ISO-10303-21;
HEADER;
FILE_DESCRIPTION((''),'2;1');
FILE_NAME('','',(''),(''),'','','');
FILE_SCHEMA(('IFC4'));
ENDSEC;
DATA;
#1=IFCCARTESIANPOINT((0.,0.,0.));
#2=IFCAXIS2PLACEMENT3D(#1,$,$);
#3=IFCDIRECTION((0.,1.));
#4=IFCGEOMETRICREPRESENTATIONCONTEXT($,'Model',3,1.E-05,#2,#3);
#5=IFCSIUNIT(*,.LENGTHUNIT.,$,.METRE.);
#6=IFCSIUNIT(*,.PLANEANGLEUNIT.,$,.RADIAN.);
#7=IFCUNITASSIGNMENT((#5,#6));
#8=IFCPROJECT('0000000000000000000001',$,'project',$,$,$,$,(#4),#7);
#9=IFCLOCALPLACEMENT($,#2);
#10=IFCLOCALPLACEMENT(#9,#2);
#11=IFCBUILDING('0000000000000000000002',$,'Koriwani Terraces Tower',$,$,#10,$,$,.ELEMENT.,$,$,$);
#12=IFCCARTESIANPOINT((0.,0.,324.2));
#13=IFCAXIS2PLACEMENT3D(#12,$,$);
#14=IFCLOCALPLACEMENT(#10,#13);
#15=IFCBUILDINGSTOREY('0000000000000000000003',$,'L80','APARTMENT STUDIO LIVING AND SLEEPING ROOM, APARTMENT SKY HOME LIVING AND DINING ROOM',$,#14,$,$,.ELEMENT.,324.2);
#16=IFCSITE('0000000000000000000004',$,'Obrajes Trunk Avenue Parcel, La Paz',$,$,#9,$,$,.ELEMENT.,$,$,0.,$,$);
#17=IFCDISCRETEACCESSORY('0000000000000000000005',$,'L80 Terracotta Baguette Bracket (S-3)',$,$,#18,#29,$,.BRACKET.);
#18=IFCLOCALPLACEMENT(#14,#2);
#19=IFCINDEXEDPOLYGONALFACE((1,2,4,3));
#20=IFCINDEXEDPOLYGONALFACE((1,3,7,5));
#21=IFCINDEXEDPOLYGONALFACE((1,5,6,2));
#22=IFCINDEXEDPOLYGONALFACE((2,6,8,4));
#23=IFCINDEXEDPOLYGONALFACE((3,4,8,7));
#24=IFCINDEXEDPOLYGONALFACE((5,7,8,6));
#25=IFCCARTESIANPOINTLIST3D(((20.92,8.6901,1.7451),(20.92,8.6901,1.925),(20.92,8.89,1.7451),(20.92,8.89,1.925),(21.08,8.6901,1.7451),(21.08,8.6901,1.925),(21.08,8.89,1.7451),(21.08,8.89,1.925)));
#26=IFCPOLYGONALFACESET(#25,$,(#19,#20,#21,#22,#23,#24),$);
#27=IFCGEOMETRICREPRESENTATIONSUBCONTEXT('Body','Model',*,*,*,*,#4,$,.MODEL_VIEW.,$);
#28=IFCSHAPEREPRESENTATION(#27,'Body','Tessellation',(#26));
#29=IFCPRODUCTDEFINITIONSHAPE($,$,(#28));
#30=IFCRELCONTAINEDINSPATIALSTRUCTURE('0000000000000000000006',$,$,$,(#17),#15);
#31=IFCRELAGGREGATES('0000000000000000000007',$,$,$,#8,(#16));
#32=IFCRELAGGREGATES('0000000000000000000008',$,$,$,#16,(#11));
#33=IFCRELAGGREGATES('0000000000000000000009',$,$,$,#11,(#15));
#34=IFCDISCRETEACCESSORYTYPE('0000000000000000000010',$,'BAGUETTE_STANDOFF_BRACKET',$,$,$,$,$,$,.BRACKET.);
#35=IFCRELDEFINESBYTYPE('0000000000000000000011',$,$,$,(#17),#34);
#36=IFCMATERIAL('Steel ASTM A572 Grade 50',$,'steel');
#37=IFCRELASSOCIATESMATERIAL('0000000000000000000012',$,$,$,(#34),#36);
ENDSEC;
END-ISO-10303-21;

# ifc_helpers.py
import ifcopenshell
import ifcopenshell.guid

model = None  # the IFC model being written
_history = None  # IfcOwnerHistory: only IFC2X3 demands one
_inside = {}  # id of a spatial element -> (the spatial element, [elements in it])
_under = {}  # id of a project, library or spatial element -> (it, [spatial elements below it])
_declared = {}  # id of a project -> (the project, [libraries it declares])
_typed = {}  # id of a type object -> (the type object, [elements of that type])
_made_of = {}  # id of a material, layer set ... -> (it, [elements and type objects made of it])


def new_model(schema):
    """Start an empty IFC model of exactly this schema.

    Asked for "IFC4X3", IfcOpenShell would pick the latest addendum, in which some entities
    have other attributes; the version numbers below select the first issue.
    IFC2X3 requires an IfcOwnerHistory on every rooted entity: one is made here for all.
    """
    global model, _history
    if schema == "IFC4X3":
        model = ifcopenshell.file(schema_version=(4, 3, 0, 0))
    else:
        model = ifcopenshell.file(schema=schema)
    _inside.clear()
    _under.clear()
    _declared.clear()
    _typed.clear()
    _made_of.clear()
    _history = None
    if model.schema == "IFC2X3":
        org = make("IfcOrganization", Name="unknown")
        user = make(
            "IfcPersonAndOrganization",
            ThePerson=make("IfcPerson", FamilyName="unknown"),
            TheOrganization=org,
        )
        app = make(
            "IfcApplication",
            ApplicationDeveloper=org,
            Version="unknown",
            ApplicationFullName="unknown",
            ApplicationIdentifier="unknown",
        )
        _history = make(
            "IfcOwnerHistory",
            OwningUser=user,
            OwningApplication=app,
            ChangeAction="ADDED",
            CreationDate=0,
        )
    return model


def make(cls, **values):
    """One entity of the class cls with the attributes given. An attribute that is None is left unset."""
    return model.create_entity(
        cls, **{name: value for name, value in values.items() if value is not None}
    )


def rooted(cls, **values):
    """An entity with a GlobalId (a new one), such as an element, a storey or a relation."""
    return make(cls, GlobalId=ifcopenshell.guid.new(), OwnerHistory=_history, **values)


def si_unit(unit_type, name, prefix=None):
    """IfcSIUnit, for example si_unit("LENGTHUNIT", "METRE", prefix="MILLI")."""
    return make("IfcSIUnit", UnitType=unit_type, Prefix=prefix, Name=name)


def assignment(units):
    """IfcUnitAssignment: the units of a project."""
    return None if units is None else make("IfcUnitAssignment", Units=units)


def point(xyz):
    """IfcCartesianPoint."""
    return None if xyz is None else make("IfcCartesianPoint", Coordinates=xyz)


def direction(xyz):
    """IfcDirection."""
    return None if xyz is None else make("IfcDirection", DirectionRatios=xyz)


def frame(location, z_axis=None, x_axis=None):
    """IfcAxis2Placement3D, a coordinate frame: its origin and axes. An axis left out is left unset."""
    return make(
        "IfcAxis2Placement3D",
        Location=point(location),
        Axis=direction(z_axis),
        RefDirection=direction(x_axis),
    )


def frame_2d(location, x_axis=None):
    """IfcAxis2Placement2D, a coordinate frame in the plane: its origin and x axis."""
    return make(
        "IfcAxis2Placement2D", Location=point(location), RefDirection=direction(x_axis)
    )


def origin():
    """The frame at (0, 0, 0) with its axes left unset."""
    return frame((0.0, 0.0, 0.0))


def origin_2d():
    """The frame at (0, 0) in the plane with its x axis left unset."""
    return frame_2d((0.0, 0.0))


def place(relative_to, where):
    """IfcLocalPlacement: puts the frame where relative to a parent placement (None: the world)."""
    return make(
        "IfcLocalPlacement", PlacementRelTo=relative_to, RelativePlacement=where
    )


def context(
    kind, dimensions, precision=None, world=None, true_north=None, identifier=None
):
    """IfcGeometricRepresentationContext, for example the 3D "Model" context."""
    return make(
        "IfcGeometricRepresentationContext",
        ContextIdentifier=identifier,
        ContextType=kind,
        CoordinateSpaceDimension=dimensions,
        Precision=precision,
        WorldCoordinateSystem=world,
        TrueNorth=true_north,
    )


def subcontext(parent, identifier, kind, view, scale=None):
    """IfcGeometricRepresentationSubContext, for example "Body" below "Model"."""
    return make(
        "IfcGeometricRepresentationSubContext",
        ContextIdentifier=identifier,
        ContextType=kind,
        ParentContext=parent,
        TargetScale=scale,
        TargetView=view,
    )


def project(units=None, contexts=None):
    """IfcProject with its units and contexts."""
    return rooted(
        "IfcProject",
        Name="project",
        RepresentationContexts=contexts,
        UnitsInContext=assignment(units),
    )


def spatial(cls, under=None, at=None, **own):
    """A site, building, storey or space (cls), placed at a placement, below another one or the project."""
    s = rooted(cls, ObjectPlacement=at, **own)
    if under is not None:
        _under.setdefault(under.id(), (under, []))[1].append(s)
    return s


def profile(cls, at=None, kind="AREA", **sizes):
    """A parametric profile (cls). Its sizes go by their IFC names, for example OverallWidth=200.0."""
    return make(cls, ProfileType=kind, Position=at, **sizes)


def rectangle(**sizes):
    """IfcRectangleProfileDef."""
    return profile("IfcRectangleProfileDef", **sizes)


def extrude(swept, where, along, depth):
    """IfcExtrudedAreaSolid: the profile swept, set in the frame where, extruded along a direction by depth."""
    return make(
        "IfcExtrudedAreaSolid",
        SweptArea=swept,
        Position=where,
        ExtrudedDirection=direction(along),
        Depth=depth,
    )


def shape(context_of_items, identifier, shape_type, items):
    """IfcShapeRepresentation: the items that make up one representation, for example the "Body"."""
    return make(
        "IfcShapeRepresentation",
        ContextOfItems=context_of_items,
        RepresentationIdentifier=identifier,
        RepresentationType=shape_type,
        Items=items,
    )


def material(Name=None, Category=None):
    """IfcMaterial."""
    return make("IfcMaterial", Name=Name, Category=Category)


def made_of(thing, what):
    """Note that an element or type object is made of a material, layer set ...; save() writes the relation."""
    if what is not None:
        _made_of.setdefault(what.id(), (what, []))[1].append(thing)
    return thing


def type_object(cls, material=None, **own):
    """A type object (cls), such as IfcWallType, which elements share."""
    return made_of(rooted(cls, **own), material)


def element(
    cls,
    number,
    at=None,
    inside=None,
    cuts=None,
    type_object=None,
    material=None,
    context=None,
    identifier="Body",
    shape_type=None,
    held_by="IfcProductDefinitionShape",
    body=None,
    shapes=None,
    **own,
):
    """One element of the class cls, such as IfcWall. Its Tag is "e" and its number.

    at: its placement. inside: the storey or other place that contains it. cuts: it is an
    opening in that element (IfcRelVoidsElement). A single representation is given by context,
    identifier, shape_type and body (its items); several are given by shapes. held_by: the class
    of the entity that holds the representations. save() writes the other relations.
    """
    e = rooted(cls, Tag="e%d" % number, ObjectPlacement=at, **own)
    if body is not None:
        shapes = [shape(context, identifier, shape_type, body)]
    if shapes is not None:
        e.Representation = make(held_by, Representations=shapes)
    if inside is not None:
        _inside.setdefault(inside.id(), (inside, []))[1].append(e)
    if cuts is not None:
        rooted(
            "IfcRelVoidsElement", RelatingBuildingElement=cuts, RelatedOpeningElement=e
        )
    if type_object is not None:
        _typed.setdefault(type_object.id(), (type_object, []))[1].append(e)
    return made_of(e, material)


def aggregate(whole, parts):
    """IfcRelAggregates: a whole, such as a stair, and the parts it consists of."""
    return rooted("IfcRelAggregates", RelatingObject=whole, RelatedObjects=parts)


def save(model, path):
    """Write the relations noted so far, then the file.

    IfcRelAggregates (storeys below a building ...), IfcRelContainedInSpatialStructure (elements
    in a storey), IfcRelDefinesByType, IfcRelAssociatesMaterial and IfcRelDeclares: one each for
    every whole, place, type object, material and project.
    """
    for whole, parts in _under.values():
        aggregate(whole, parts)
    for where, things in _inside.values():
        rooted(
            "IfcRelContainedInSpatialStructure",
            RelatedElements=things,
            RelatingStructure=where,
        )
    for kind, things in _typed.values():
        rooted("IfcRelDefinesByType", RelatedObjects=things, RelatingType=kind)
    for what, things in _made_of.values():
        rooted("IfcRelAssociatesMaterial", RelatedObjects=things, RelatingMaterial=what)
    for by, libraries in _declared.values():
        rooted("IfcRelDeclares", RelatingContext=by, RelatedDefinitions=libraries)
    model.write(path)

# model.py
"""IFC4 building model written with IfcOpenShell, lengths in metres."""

from ifc_helpers import new_model, si_unit, direction, frame, origin, origin_2d, place, context, subcontext, project, spatial, rectangle, extrude, material, type_object, element, save


model = new_model("IFC4")

# Units and contexts
model_context = context("Model", 3, precision=1e-05, world=origin(), true_north=direction((0.0, 1.0)))
body_context = subcontext(model_context, "Body", "Model", "MODEL_VIEW")
ifc_project = project(units=[si_unit("LENGTHUNIT", "METRE"), si_unit("PLANEANGLEUNIT", "RADIAN")], contexts=[model_context])

# Site, building, storey
site_placement = place(None, origin())
site = spatial("IfcSite", under=ifc_project, at=site_placement, Name="Obrajes Trunk Avenue Parcel, La Paz", CompositionType="ELEMENT", RefElevation=0.0)
building_placement = place(site_placement, origin())
building = spatial("IfcBuilding", under=site, at=building_placement, Name="Koriwani Terraces Tower", CompositionType="ELEMENT")
storey_placement = place(building_placement, frame((0.0, 0.0, 324.2)))
storey = spatial("IfcBuildingStorey", under=building, at=storey_placement, Name="L80", Description="APARTMENT STUDIO LIVING AND SLEEPING ROOM, APARTMENT SKY HOME LIVING AND DINING ROOM", CompositionType="ELEMENT", Elevation=324.2)

# Shared definitions
ifc_material_1 = material(Name="Steel ASTM A572 Grade 50", Category="steel")

# Discrete accessory
discrete_accessory_type = type_object("IfcDiscreteAccessoryType", Name="BAGUETTE_STANDOFF_BRACKET", PredefinedType="BRACKET", material=ifc_material_1)
discrete_accessory_placement = place(storey_placement, frame((21.0, 8.79, 1.7451), z_axis=(0.0, 0.0, 1.0), x_axis=(-1.0, 0.0, 0.0)))
element("IfcDiscreteAccessory", 1, at=discrete_accessory_placement, inside=storey, type_object=discrete_accessory_type, Name="L80 Terracotta Baguette Bracket (S-3)", PredefinedType="BRACKET", context=body_context, shape_type="SweptSolid", body=[
    extrude(rectangle(XDim=0.1599, YDim=0.2, at=origin_2d()), origin(), (0.0, 0.0, 1.0), 0.1799),
])

save(model, "model.ifc")
